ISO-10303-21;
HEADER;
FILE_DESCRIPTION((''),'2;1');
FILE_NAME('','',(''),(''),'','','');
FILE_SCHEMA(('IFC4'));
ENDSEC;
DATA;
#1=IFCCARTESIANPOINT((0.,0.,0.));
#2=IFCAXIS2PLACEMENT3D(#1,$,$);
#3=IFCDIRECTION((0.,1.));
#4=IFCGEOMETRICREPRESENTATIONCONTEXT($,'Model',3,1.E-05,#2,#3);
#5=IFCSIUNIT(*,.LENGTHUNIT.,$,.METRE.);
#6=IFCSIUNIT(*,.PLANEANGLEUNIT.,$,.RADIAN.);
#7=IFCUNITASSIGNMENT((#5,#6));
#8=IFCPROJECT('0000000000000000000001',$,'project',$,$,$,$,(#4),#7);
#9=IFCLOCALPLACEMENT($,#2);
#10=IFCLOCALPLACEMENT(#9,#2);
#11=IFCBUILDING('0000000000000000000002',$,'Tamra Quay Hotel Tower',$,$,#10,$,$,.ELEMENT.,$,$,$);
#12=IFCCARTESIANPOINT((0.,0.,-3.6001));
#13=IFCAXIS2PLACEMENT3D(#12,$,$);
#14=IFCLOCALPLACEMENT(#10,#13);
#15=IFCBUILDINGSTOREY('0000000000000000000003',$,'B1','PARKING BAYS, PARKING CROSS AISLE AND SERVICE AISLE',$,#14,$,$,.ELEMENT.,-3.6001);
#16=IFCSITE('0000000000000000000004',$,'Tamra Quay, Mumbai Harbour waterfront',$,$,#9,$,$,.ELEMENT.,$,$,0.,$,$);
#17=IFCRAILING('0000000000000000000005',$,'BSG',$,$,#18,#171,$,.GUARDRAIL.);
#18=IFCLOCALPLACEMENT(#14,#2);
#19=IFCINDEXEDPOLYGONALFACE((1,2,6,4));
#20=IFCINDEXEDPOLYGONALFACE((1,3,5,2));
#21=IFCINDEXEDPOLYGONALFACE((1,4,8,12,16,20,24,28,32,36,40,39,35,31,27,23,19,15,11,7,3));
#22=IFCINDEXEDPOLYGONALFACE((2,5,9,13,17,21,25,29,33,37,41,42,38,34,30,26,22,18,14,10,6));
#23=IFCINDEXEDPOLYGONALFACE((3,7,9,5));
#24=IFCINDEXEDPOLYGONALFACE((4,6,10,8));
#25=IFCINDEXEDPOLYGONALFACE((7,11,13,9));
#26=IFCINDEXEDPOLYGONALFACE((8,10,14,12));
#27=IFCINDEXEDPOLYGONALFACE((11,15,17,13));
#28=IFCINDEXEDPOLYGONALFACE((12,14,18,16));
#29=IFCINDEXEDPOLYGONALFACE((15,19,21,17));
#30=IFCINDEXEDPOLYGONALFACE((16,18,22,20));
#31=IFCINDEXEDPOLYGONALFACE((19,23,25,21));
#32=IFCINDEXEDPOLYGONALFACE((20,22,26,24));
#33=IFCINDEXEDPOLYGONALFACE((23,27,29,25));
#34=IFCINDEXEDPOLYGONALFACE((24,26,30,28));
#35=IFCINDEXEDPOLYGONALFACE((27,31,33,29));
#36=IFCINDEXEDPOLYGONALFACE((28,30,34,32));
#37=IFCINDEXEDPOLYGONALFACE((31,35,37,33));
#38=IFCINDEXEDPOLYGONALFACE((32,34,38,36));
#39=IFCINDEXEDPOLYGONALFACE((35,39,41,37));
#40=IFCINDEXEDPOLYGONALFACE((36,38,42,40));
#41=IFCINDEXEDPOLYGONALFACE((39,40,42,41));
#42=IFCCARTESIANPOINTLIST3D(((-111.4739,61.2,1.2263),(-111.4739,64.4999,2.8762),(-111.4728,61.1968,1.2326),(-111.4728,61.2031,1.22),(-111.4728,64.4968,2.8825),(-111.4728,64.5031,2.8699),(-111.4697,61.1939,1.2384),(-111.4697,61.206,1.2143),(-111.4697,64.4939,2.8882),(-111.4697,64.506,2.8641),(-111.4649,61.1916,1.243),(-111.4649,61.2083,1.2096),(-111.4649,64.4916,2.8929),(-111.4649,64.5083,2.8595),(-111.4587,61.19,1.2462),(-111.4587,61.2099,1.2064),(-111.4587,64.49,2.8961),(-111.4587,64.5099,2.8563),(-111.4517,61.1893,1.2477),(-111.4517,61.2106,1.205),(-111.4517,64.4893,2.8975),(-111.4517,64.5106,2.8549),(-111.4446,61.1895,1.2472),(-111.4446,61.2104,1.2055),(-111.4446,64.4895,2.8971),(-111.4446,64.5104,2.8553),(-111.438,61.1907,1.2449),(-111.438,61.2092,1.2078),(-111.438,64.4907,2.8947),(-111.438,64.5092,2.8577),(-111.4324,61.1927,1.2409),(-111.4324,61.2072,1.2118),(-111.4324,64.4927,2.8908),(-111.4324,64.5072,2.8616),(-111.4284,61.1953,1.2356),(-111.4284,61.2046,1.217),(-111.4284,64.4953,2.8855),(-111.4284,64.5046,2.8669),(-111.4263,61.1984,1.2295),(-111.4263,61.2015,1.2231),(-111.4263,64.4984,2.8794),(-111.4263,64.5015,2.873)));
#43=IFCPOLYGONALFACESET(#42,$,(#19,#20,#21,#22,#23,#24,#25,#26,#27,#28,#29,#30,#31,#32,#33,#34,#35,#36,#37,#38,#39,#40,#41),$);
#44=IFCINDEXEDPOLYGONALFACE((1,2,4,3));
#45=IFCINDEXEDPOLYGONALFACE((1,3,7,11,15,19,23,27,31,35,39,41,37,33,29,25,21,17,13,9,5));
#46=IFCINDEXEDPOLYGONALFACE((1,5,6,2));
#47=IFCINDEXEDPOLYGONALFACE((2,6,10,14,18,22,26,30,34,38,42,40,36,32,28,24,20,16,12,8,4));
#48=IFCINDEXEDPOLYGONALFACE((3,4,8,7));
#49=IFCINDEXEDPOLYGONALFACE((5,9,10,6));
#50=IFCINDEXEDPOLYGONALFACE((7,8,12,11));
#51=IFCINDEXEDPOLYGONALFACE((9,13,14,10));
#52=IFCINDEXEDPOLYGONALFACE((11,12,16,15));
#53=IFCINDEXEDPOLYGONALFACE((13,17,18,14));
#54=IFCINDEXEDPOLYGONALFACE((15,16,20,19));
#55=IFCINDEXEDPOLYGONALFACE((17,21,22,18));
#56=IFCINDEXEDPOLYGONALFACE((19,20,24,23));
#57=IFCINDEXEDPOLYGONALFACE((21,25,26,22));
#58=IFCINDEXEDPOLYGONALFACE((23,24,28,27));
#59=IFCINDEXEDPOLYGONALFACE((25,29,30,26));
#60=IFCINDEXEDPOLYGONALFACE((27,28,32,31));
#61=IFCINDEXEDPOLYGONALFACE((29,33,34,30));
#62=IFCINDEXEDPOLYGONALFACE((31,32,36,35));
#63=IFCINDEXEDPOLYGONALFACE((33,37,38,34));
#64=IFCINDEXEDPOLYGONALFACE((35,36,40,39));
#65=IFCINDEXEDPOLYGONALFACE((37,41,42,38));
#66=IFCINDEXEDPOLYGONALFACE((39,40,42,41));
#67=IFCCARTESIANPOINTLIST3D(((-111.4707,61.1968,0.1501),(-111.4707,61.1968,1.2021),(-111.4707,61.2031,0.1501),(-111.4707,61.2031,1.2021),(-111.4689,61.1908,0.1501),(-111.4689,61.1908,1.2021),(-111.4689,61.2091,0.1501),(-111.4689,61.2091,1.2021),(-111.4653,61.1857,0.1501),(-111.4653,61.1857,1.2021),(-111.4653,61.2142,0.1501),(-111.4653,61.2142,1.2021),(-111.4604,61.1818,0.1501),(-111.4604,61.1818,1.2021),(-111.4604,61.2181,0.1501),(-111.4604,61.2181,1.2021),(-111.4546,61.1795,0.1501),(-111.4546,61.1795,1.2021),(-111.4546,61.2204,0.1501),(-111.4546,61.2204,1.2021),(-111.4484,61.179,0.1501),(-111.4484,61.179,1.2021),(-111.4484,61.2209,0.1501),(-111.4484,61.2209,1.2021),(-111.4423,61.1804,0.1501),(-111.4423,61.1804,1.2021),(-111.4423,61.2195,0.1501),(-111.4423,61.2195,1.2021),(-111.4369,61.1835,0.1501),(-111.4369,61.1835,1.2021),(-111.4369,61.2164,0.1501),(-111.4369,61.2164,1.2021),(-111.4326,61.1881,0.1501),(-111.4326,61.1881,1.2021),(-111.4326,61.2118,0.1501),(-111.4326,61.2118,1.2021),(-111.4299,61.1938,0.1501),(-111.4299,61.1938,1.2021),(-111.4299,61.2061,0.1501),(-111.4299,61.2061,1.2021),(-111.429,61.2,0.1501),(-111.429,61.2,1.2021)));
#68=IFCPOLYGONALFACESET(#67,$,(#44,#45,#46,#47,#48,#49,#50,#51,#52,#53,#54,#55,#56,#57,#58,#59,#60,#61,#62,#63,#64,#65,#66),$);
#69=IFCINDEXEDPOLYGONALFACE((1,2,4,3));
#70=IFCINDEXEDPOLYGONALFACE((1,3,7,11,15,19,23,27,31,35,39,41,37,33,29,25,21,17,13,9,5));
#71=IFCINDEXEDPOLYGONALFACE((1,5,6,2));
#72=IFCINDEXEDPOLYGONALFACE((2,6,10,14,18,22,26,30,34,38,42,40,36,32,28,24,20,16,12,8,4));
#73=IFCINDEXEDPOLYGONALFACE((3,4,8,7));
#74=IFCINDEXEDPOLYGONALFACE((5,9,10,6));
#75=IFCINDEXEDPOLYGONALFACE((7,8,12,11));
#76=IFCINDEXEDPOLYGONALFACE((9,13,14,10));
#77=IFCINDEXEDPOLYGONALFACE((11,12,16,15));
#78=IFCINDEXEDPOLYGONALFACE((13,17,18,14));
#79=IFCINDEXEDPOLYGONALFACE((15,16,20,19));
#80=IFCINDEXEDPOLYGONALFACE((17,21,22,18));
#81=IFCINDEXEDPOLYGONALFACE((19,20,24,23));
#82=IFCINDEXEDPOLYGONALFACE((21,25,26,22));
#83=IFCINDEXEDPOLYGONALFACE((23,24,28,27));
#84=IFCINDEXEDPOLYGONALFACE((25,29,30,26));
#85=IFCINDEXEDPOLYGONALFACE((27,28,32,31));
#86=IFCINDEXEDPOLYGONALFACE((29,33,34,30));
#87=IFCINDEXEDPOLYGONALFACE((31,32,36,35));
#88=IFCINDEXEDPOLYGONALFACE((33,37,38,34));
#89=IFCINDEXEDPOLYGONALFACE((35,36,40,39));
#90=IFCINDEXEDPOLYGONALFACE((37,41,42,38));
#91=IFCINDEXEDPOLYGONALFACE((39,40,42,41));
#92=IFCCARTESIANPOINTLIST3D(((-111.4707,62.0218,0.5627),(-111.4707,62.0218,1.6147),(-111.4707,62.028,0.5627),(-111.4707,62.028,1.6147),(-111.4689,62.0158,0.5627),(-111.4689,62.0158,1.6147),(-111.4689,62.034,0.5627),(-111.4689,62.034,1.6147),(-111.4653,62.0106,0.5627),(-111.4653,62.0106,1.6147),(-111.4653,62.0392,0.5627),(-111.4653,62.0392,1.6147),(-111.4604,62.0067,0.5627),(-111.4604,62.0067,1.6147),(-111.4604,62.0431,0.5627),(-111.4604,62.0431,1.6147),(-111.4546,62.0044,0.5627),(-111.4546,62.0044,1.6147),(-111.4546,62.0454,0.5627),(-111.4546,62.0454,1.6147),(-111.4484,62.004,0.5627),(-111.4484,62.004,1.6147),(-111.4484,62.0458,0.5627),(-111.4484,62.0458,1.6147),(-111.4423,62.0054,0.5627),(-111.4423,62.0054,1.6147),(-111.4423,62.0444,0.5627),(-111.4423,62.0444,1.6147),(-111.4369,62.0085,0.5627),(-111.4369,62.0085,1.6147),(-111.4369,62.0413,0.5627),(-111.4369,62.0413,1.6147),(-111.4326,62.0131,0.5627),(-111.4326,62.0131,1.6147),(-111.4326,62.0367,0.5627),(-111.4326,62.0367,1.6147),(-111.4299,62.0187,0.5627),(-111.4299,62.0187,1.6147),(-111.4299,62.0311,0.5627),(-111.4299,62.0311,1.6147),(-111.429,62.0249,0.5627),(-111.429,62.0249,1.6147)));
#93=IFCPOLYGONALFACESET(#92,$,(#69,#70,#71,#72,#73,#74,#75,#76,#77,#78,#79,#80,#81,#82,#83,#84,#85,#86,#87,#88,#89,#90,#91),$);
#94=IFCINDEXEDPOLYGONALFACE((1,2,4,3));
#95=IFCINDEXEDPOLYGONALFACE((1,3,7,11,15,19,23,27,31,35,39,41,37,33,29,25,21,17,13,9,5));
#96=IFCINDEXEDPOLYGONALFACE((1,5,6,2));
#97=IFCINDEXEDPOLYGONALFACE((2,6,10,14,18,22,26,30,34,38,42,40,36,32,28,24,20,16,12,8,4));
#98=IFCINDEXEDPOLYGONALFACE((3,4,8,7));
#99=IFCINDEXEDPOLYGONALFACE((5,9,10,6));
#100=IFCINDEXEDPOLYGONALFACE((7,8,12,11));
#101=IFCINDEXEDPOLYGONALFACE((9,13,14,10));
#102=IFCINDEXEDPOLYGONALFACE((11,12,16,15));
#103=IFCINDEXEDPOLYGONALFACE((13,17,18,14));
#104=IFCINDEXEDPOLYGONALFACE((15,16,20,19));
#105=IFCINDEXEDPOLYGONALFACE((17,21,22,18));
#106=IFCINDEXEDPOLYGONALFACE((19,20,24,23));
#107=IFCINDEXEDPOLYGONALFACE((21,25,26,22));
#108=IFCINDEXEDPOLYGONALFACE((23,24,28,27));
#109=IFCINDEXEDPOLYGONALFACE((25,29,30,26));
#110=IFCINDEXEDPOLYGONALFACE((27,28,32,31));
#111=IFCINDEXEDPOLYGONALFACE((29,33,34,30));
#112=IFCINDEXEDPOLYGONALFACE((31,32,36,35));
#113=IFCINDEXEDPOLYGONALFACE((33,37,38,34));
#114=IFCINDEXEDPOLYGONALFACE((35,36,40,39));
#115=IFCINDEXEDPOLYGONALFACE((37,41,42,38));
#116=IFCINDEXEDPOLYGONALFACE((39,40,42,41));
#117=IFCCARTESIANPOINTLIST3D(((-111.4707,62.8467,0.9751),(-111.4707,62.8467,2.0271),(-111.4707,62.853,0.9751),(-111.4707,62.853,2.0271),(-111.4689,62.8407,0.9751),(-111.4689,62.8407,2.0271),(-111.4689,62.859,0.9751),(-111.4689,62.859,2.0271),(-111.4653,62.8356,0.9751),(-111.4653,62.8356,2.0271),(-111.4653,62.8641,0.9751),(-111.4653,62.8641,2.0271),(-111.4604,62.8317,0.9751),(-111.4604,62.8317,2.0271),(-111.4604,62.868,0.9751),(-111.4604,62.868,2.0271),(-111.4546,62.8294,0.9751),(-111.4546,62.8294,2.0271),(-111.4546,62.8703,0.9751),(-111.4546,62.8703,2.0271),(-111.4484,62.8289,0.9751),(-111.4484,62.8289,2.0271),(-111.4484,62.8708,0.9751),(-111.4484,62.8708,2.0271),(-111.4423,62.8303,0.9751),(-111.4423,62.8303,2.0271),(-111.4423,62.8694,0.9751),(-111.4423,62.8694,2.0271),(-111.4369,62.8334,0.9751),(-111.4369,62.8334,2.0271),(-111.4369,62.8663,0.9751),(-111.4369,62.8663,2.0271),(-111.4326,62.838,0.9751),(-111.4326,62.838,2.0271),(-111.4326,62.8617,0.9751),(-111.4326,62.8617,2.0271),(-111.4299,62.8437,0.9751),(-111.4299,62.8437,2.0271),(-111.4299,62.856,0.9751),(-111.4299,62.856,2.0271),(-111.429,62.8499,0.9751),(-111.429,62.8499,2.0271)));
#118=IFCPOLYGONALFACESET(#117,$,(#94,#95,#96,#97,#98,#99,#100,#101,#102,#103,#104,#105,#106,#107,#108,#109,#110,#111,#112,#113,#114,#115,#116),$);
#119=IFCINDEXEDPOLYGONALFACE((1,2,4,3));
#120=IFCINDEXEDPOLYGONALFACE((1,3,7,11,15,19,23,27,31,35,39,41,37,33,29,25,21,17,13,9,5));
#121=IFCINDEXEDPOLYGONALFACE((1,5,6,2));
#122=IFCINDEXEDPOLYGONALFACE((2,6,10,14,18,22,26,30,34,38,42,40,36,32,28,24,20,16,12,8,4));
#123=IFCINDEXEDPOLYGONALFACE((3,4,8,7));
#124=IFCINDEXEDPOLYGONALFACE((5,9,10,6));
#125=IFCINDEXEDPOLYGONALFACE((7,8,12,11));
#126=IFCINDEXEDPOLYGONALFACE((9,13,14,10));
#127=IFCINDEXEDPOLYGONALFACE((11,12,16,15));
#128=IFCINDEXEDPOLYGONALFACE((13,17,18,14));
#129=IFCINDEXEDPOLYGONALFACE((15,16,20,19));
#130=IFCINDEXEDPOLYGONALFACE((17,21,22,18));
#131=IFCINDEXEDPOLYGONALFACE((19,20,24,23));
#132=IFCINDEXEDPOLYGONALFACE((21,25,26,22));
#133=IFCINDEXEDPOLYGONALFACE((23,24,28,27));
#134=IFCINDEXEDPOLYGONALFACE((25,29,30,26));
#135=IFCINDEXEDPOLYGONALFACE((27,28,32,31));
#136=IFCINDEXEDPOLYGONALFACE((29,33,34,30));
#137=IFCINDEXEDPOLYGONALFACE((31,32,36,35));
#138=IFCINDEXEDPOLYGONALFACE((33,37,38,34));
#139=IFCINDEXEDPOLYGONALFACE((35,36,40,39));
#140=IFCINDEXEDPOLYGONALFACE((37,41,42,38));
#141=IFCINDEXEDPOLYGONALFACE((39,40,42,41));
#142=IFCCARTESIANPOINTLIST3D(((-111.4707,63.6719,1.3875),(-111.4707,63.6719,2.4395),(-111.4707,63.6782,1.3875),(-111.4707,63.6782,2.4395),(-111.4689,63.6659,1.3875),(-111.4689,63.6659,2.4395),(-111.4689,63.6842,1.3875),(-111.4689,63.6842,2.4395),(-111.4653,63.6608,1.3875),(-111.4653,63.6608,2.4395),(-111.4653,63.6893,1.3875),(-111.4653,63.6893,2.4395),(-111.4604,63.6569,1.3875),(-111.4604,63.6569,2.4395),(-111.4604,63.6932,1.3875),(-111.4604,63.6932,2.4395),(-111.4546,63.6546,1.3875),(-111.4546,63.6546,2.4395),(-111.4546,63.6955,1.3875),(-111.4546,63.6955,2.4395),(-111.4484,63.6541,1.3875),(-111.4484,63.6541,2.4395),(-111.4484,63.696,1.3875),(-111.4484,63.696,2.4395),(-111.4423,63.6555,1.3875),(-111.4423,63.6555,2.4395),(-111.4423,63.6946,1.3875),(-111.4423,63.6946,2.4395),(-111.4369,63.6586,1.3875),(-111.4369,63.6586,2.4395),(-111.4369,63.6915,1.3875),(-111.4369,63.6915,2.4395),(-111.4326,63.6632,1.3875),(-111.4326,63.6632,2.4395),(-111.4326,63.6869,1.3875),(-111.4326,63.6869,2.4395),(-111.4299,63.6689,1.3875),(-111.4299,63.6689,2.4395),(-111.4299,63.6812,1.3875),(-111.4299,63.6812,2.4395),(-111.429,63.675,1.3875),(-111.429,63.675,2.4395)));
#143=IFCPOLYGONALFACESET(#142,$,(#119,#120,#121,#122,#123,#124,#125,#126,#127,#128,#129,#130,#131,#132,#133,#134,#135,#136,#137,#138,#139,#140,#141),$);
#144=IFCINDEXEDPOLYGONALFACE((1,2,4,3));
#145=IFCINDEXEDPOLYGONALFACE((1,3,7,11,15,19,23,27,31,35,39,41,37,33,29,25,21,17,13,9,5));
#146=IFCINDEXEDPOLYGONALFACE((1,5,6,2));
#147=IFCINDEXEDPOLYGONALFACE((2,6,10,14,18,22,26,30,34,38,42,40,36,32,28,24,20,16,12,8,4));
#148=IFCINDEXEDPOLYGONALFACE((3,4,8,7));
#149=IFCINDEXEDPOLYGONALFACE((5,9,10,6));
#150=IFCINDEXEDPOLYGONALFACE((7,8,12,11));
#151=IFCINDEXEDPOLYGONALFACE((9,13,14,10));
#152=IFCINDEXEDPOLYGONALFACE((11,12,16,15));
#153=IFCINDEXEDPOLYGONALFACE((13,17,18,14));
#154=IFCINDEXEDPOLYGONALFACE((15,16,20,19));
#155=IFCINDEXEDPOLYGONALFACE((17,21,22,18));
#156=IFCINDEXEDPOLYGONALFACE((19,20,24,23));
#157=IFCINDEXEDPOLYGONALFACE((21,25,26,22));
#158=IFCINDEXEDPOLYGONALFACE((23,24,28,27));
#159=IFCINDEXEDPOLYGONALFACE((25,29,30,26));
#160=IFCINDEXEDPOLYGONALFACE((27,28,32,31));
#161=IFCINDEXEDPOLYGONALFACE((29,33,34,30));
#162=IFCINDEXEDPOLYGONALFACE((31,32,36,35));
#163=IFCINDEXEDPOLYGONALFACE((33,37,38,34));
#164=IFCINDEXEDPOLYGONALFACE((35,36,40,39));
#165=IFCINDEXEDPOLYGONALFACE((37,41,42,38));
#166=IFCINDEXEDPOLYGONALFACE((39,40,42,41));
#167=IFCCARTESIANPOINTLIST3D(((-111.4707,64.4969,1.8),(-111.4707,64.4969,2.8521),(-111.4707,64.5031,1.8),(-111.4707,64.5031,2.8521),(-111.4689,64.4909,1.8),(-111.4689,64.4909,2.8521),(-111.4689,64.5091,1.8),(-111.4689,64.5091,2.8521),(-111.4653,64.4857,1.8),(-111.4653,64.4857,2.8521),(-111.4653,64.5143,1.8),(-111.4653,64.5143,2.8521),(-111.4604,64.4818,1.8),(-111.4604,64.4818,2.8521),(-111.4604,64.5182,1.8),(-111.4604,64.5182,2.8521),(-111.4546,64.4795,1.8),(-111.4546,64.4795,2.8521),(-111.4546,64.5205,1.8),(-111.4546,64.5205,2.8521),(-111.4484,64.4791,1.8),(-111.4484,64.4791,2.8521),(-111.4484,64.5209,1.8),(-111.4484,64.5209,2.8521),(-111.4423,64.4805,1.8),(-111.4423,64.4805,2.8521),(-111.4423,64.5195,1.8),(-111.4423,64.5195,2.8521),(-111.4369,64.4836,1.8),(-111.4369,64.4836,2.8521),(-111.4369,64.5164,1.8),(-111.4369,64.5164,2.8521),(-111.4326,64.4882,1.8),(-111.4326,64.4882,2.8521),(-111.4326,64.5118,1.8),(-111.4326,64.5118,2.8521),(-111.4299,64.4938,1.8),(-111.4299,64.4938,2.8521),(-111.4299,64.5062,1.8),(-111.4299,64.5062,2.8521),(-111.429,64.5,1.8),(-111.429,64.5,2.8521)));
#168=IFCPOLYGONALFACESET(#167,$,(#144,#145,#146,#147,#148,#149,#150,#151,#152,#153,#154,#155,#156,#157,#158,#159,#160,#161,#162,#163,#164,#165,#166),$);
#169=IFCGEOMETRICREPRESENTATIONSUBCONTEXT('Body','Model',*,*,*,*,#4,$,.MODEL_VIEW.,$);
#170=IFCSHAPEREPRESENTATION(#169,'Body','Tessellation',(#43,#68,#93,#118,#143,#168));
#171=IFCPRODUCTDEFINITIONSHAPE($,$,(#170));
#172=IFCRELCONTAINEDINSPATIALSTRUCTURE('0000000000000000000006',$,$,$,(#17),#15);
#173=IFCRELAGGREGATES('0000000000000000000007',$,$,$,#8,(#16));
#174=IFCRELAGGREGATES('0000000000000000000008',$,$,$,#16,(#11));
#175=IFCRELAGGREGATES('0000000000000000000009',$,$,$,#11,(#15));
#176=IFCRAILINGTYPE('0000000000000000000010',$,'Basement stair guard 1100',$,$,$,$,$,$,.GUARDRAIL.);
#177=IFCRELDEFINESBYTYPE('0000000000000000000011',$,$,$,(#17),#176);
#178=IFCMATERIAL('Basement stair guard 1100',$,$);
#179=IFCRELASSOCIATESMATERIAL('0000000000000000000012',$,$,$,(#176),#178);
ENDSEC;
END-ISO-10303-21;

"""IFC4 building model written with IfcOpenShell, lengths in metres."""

from ifc_helpers import new_model, si_unit, direction, frame, origin, origin_2d, place, context, subcontext, project, spatial, circle, extrude, material, type_object, element, save


model = new_model("IFC4")

# Units and contexts
model_context = context("Model", 3, precision=1e-05, world=origin(), true_north=direction((0.0, 1.0)))
body_context = subcontext(model_context, "Body", "Model", "MODEL_VIEW")
ifc_project = project(units=[si_unit("LENGTHUNIT", "METRE"), si_unit("PLANEANGLEUNIT", "RADIAN")], contexts=[model_context])

# Site, building, storey
site_placement = place(None, origin())
site = spatial("IfcSite", under=ifc_project, at=site_placement, Name="Tamra Quay, Mumbai Harbour waterfront", CompositionType="ELEMENT", RefElevation=0.0)
building_placement = place(site_placement, origin())
building = spatial("IfcBuilding", under=site, at=building_placement, Name="Tamra Quay Hotel Tower", CompositionType="ELEMENT")
storey_placement = place(building_placement, frame((0.0, 0.0, -3.6001)))
storey = spatial("IfcBuildingStorey", under=building, at=storey_placement, Name="B1", Description="PARKING BAYS, PARKING CROSS AISLE AND SERVICE AISLE", CompositionType="ELEMENT", Elevation=-3.6001)

# Railing
ifc_material_1 = material(Name="Basement stair guard 1100")
railing_type_1 = type_object("IfcRailingType", Name="Basement stair guard 1100", PredefinedType="GUARDRAIL", material=ifc_material_1)
railing_1_placement = place(storey_placement, frame((-111.45, 61.2, 0.1501)))
element("IfcRailing", 1, at=railing_1_placement, inside=storey, type_object=railing_type_1, Name="BSG", PredefinedType="GUARDRAIL", context=body_context, shape_type="SweptSolid", body=[
    extrude(circle(Radius=0.0239, at=origin_2d()), frame((0.0, 0.0, 1.0762), z_axis=(0.0, 0.89444, 0.447187), x_axis=(-1.0, 0.0, 0.0)), (0.0, 0.0, 1.0), 3.6895),
    extrude(circle(Radius=0.021, at=origin_2d()), origin(), (0.0, 0.0, 1.0), 1.052),
    extrude(circle(Radius=0.021, at=origin_2d()), frame((0.0, 0.825, 0.4126)), (0.0, 0.0, 1.0), 1.052),
    extrude(circle(Radius=0.021, at=origin_2d()), frame((0.0, 1.6499, 0.825)), (0.0, 0.0, 1.0), 1.052),
    extrude(circle(Radius=0.021, at=origin_2d()), frame((0.0, 2.4751, 1.2373)), (0.0, 0.0, 1.0), 1.052),
    extrude(circle(Radius=0.021, at=origin_2d()), frame((0.0, 3.3, 1.6499)), (0.0, 0.0, 1.0), 1.052),
])

save(model, "model.ifc")
